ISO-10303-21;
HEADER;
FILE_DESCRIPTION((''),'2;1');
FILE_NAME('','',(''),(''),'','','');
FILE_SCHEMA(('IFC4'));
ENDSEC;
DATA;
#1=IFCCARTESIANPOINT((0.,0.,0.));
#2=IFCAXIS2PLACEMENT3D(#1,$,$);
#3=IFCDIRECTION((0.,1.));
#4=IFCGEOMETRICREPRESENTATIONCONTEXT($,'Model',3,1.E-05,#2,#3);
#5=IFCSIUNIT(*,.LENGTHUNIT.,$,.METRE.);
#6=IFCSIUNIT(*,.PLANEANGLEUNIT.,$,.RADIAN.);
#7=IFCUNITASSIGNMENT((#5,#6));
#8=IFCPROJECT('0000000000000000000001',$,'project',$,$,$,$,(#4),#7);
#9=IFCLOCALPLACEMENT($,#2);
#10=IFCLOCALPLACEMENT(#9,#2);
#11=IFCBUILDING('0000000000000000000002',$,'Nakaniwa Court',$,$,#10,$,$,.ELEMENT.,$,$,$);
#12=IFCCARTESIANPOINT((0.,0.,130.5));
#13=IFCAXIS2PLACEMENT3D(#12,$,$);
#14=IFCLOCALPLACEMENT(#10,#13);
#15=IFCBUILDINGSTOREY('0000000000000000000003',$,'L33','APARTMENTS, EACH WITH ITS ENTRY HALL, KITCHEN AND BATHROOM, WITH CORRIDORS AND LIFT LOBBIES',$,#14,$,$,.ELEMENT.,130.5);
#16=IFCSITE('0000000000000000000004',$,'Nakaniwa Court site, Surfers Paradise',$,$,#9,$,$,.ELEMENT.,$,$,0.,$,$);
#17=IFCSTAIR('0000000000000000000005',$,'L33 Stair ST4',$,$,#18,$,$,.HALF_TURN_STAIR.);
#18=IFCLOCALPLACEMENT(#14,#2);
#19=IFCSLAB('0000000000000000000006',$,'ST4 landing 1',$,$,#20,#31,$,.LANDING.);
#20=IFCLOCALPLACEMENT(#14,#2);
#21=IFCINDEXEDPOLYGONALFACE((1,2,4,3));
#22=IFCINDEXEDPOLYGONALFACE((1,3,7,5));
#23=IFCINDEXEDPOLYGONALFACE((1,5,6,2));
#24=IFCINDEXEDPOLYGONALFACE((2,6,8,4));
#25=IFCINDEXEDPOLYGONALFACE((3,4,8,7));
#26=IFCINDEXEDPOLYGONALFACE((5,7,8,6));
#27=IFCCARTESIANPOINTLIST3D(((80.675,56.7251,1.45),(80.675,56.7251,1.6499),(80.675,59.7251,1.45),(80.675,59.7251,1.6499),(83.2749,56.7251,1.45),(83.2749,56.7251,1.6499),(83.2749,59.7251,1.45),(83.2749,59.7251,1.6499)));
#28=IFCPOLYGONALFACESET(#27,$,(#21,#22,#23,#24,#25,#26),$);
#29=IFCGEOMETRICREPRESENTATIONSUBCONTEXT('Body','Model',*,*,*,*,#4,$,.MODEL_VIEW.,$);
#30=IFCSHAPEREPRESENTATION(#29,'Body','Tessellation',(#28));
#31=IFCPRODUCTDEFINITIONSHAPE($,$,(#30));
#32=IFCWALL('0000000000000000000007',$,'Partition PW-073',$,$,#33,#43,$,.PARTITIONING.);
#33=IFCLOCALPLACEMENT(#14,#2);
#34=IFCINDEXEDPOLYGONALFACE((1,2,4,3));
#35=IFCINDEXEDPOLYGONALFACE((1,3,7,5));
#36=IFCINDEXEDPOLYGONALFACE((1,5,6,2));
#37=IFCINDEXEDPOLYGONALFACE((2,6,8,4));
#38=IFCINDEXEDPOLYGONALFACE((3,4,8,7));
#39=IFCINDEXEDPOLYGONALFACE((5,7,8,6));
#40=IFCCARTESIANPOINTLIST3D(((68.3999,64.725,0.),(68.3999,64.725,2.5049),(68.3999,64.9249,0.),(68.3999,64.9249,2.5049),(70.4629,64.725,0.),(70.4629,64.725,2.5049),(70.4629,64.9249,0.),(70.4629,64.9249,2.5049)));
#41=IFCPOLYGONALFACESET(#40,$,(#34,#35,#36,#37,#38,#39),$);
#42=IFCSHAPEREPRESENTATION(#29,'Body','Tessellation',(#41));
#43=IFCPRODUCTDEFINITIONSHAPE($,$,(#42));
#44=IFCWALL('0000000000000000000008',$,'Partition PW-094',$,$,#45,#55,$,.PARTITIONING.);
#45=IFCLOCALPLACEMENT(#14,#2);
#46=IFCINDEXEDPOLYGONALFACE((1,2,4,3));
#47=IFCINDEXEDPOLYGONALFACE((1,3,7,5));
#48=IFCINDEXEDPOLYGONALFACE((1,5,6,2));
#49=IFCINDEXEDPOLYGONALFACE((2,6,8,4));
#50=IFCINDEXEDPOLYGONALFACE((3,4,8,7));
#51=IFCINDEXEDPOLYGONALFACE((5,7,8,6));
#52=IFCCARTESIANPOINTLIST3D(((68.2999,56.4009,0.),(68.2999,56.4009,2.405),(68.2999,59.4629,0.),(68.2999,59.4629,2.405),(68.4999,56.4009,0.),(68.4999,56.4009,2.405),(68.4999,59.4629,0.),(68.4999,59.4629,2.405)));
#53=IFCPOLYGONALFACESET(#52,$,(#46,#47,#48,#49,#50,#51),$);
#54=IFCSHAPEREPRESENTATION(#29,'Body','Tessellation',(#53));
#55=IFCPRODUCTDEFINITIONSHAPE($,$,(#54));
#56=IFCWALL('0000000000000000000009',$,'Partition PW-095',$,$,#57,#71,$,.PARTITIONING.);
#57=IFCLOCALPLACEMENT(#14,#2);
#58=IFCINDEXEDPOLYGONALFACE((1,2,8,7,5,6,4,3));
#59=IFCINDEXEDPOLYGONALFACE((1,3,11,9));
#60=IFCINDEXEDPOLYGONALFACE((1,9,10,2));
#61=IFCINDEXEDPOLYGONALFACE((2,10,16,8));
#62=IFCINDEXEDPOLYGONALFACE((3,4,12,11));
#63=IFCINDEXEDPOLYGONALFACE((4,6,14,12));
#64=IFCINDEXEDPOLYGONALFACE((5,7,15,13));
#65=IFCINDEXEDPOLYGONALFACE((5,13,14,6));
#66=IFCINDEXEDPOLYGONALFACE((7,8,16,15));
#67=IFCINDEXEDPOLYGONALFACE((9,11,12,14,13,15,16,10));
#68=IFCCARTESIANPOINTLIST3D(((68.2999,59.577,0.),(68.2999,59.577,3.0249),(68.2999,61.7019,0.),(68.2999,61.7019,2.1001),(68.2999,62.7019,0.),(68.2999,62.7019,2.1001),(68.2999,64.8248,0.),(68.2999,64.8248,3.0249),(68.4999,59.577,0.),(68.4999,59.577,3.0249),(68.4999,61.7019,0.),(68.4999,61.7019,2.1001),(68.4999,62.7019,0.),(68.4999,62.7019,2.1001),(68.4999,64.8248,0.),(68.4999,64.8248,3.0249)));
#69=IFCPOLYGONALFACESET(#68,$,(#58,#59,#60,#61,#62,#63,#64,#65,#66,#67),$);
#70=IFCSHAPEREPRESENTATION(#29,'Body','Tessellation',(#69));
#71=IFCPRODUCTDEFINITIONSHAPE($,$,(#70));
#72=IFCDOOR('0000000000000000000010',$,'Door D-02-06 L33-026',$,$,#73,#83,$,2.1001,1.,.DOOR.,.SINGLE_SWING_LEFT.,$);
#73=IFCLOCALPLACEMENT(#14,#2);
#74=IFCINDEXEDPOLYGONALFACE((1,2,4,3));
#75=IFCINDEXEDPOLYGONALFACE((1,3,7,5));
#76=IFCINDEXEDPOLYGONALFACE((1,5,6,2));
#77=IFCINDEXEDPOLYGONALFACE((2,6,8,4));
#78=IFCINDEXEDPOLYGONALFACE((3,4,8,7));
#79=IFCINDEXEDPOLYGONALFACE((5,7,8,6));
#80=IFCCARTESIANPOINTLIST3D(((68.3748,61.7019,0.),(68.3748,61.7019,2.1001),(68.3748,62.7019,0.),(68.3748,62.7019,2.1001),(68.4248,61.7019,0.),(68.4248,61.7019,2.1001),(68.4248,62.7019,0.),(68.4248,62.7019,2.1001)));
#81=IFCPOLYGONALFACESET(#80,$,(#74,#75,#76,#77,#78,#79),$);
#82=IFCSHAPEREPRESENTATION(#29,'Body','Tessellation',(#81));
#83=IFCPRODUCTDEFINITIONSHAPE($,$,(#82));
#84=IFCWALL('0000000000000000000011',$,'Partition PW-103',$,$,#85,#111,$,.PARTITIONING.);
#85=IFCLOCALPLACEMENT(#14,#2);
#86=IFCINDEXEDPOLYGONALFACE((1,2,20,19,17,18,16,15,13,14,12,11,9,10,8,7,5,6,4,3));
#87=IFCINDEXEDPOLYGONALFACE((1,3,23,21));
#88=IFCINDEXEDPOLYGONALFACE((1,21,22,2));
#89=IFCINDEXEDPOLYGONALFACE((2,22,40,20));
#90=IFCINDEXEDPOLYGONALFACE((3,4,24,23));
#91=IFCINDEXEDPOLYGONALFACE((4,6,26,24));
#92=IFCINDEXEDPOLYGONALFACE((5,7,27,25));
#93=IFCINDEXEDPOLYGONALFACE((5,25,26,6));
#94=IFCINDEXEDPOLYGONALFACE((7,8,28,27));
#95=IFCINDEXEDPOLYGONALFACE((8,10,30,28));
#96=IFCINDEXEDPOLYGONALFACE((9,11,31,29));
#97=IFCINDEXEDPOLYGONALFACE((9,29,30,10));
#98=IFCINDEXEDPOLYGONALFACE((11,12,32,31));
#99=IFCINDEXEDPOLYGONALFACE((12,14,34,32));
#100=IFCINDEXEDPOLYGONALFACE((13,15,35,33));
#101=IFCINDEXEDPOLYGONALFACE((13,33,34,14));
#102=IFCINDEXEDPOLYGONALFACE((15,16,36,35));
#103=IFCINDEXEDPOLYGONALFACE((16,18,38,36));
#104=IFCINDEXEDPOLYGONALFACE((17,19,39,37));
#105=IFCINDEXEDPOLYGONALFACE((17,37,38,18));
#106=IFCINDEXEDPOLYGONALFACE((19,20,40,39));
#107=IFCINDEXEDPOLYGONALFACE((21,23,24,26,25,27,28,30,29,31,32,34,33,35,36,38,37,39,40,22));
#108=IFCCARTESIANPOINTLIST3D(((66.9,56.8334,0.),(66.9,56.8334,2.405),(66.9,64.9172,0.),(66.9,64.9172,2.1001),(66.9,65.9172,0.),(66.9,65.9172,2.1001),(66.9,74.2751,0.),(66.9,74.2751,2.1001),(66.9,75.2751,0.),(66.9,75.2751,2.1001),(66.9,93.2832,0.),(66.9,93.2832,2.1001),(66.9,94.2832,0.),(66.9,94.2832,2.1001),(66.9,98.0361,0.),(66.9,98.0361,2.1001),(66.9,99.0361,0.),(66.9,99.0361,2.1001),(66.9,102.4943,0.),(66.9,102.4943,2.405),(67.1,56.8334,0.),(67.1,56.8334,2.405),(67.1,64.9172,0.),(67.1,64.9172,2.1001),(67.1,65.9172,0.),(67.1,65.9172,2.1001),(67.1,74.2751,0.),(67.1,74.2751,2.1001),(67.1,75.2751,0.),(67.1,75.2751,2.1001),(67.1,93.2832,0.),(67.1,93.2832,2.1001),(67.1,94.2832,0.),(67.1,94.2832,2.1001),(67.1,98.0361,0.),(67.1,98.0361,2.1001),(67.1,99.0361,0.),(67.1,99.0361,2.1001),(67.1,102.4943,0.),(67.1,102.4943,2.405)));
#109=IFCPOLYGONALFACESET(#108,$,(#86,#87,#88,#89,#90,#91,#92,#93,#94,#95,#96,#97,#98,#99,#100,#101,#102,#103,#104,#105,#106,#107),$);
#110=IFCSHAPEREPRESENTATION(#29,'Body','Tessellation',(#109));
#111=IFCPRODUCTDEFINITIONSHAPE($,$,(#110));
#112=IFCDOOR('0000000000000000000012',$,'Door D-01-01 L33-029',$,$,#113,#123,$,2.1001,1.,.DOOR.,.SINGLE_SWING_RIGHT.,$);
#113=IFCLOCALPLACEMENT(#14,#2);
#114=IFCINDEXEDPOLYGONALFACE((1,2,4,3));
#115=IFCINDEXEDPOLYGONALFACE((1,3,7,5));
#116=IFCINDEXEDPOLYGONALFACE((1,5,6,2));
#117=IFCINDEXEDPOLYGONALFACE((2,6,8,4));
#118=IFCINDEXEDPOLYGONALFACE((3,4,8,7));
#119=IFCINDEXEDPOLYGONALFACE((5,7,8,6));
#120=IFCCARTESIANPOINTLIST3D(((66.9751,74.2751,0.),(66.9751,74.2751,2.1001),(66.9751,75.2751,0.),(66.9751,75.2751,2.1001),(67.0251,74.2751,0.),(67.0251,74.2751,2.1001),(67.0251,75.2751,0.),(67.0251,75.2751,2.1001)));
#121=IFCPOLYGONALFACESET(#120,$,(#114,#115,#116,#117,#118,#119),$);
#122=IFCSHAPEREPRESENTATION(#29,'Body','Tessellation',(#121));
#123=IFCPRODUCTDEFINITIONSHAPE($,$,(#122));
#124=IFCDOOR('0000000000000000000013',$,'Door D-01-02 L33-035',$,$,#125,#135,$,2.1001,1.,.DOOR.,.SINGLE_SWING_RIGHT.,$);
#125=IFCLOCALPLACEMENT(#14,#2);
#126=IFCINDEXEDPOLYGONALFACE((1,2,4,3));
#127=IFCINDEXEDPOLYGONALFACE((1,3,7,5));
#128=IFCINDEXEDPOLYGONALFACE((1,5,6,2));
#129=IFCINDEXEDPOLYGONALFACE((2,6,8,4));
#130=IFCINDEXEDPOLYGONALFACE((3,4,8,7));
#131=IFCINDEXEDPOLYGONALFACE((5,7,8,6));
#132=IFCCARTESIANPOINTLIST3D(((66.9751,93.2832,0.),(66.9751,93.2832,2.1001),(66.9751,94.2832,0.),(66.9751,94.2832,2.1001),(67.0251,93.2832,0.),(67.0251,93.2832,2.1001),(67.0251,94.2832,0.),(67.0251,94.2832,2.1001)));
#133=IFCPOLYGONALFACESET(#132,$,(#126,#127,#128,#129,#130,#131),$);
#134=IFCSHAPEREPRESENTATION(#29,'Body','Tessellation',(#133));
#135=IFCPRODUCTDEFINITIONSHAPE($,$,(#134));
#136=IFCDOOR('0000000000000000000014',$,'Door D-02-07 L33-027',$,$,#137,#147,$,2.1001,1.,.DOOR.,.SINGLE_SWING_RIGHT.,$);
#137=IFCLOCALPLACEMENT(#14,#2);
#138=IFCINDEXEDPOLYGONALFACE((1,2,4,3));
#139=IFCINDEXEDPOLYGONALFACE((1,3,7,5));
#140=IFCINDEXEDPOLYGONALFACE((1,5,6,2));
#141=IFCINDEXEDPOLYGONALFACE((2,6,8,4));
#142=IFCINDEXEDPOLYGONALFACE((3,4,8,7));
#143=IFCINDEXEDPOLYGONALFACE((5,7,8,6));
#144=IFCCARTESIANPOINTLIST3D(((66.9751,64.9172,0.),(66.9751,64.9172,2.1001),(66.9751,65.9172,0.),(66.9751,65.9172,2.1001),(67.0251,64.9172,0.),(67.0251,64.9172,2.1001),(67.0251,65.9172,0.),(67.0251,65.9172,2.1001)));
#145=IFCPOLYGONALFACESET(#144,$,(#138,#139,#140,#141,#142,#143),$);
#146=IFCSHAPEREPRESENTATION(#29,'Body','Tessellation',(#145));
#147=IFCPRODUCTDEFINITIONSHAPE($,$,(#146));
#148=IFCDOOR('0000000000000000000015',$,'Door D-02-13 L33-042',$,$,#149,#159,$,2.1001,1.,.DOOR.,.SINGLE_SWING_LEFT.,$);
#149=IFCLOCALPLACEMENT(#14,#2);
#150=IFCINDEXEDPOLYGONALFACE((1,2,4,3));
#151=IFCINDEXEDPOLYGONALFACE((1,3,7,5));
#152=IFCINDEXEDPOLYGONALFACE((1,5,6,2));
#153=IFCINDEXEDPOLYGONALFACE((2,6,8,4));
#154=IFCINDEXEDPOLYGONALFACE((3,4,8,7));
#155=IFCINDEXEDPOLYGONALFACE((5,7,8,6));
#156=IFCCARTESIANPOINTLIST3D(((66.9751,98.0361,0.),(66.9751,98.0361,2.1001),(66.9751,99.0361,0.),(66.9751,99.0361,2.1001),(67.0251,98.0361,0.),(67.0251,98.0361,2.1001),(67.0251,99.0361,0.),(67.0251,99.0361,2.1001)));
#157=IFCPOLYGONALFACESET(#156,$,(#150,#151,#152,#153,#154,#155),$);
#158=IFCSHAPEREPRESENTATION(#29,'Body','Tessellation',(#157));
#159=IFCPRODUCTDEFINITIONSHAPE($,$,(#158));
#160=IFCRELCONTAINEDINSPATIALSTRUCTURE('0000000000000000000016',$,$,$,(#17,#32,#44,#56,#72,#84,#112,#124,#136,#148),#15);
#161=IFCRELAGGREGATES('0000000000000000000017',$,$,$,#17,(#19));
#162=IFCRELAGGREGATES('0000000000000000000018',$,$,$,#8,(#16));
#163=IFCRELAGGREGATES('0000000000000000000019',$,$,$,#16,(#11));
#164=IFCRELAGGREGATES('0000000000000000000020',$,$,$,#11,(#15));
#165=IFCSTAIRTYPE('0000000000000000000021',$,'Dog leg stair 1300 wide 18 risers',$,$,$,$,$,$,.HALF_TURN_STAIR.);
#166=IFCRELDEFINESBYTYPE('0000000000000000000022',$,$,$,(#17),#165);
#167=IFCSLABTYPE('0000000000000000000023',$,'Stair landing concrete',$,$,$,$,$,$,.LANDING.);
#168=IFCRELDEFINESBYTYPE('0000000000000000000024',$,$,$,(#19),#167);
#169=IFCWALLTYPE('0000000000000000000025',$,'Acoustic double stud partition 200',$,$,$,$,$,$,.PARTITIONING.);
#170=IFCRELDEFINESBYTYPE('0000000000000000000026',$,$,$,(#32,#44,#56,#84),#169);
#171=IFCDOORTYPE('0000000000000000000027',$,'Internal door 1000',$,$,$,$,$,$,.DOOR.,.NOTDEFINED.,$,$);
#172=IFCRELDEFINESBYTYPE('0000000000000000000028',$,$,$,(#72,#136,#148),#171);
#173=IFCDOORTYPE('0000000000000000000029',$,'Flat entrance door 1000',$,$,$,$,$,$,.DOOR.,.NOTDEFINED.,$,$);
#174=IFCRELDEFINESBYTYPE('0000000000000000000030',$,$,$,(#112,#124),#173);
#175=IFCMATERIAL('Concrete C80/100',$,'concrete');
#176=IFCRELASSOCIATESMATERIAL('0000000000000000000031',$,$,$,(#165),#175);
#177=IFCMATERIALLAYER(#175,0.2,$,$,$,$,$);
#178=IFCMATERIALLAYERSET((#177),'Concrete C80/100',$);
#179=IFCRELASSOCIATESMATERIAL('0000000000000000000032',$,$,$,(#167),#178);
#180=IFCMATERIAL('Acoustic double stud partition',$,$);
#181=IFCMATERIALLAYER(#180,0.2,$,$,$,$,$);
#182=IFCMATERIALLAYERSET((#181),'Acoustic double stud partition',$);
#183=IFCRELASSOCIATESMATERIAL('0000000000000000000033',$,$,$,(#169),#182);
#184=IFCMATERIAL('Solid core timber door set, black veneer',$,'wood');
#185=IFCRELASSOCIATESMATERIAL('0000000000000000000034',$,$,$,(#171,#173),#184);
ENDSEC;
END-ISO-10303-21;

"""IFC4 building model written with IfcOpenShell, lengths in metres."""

from ifc_helpers import new_model, si_unit, direction, frame, frame_2d, origin, place, context, subcontext, project, spatial, polyline, rectangle, outline, extrude, material, layer, layer_set, type_object, element, fill, aggregate, save


model = new_model("IFC4")

# Units and contexts
model_context = context("Model", 3, precision=1e-05, world=origin(), true_north=direction((0.0, 1.0)))
body_context = subcontext(model_context, "Body", "Model", "MODEL_VIEW")
ifc_project = project(units=[si_unit("LENGTHUNIT", "METRE"), si_unit("PLANEANGLEUNIT", "RADIAN")], contexts=[model_context])

# Site, building, storey
site_placement = place(None, origin())
site = spatial("IfcSite", under=ifc_project, at=site_placement, Name="Nakaniwa Court site, Surfers Paradise", CompositionType="ELEMENT", RefElevation=0.0)
building_placement = place(site_placement, origin())
building = spatial("IfcBuilding", under=site, at=building_placement, Name="Nakaniwa Court", CompositionType="ELEMENT")
storey_placement = place(building_placement, frame((0.0, 0.0, 130.5)))
storey = spatial("IfcBuildingStorey", under=building, at=storey_placement, Name="L33", Description="APARTMENTS, EACH WITH ITS ENTRY HALL, KITCHEN AND BATHROOM, WITH CORRIDORS AND LIFT LOBBIES", CompositionType="ELEMENT", Elevation=130.5)

# Shared definitions
ifc_material_1 = material(Name="Concrete C80/100", Category="concrete")

# Stair, slab
stair_type = type_object("IfcStairType", Name="Dog leg stair 1300 wide 18 risers", PredefinedType="HALF_TURN_STAIR", material=ifc_material_1)
ifc_layer_1 = layer(ifc_material_1, 0.2)
ifc_layer_set_1 = layer_set([ifc_layer_1], Name="Concrete C80/100")
slab_type_1 = type_object("IfcSlabType", Name="Stair landing concrete", PredefinedType="LANDING", material=ifc_layer_set_1)
stair_1_placement = place(storey_placement, origin())
stair_1 = element("IfcStair", 1, at=stair_1_placement, inside=storey, type_object=stair_type, Name="L33 Stair ST4", PredefinedType="HALF_TURN_STAIR")
slab_1_placement = place(storey_placement, frame((0.0, 0.0, 1.45)))
slab_1 = element("IfcSlab", 2, at=slab_1_placement, type_object=slab_type_1, Name="ST4 landing 1", PredefinedType="LANDING", context=body_context, shape_type="SweptSolid", body=[
    extrude(outline(polyline([(83.2749, 56.7251), (83.2749, 59.7251), (80.675, 59.7251), (80.675, 56.7251), (83.2749, 56.7251)])), origin(), (0.0, 0.0, 1.0), 0.2),
])
aggregate(stair_1, [slab_1])

# Walls
ifc_material_2 = material(Name="Acoustic double stud partition")
ifc_layer_2 = layer(ifc_material_2, 0.2)
ifc_layer_set_2 = layer_set([ifc_layer_2], Name="Acoustic double stud partition")
wall_type_1 = type_object("IfcWallType", Name="Acoustic double stud partition 200", PredefinedType="PARTITIONING", material=ifc_layer_set_2)
wall_1_placement = place(storey_placement, frame((68.3999, 64.825, 0.0), z_axis=(0.0, 0.0, 1.0), x_axis=(1.0, 0.0, 0.0)))
element("IfcWall", 3, at=wall_1_placement, inside=storey, type_object=wall_type_1, Name="Partition PW-073", PredefinedType="PARTITIONING", context=body_context, shape_type="SweptSolid", body=[
    extrude(rectangle(XDim=2.063, YDim=0.2, at=frame_2d((1.0315, 0.0))), origin(), (0.0, 0.0, 1.0), 2.5049),
])
wall_2_placement = place(storey_placement, frame((68.3999, 56.4009, 0.0), z_axis=(0.0, 0.0, 1.0), x_axis=(0.0, 1.0, 0.0)))
element("IfcWall", 4, at=wall_2_placement, inside=storey, type_object=wall_type_1, Name="Partition PW-094", PredefinedType="PARTITIONING", context=body_context, shape_type="SweptSolid", body=[
    extrude(rectangle(XDim=3.062, YDim=0.2, at=frame_2d((1.531, 0.0))), origin(), (0.0, 0.0, 1.0), 2.405),
])

# Wall, opening, door
wall_3_placement = place(storey_placement, frame((68.3999, 64.825, 0.0), z_axis=(0.0, 0.0, 1.0), x_axis=(0.0, -1.0, 0.0)))
wall_3 = element("IfcWall", 5, at=wall_3_placement, inside=storey, type_object=wall_type_1, Name="Partition PW-095", PredefinedType="PARTITIONING", context=body_context, shape_type="SweptSolid", body=[
    extrude(rectangle(XDim=5.2478, YDim=0.2, at=frame_2d((2.624, 0.0))), origin(), (0.0, 0.0, 1.0), 3.0249),
])
opening_1_placement = place(wall_3_placement, frame((2.123, 0.0, 0.0)))
opening_1 = element("IfcOpeningElement", 6, at=opening_1_placement, cuts=wall_3, PredefinedType="OPENING", context=body_context, shape_type="SweptSolid", body=[
    extrude(rectangle(XDim=1.0, YDim=2.1001, at=frame_2d((0.5, 1.05))), frame((0.0, 0.1099, 0.0), z_axis=(0.0, -1.0, 0.0), x_axis=(1.0, 0.0, 0.0)), (0.0, 0.0, 1.0), 0.22),
])
ifc_material_3 = material(Name="Solid core timber door set, black veneer", Category="wood")
door_type_1 = type_object("IfcDoorType", Name="Internal door 1000", OperationType="NOTDEFINED", PredefinedType="DOOR", material=ifc_material_3)
door_1_placement = place(opening_1_placement, origin())
door_1 = element("IfcDoor", 7, at=door_1_placement, inside=storey, type_object=door_type_1, Name="Door D-02-06 L33-026", OperationType="SINGLE_SWING_LEFT", OverallHeight=2.1001, OverallWidth=1.0, PredefinedType="DOOR", context=body_context, shape_type="SweptSolid", body=[
    extrude(rectangle(XDim=1.0, YDim=2.1001, at=frame_2d((0.5, 1.05))), frame((0.0, 0.0249, 0.0), z_axis=(0.0, -1.0, 0.0), x_axis=(1.0, 0.0, 0.0)), (0.0, 0.0, 1.0), 0.05),
])
fill(opening_1, door_1)

# Wall, openings, doors
wall_4_placement = place(storey_placement, frame((67.0, 56.8333, 0.0), z_axis=(0.0, 0.0, 1.0), x_axis=(0.0, 1.0, 0.0)))
wall_4 = element("IfcWall", 8, at=wall_4_placement, inside=storey, type_object=wall_type_1, Name="Partition PW-103", PredefinedType="PARTITIONING", context=body_context, shape_type="SweptSolid", body=[
    extrude(rectangle(XDim=45.6609, YDim=0.2, at=frame_2d((22.8306, 0.0))), origin(), (0.0, 0.0, 1.0), 2.405),
])
opening_2_placement = place(wall_4_placement, frame((8.084, 0.0, 0.0)))
opening_2 = element("IfcOpeningElement", 9, at=opening_2_placement, cuts=wall_4, PredefinedType="OPENING", context=body_context, shape_type="SweptSolid", body=[
    extrude(rectangle(XDim=1.0, YDim=2.1001, at=frame_2d((0.5, 1.05))), frame((0.0, 0.1099, 0.0), z_axis=(0.0, -1.0, 0.0), x_axis=(1.0, 0.0, 0.0)), (0.0, 0.0, 1.0), 0.22),
])
opening_3_placement = place(wall_4_placement, frame((17.4419, 0.0, 0.0)))
opening_3 = element("IfcOpeningElement", 10, at=opening_3_placement, cuts=wall_4, PredefinedType="OPENING", context=body_context, shape_type="SweptSolid", body=[
    extrude(rectangle(XDim=1.0, YDim=2.1001, at=frame_2d((0.5, 1.05))), frame((0.0, 0.1099, 0.0), z_axis=(0.0, -1.0, 0.0), x_axis=(1.0, 0.0, 0.0)), (0.0, 0.0, 1.0), 0.22),
])
opening_4_placement = place(wall_4_placement, frame((36.45, 0.0, 0.0)))
opening_4 = element("IfcOpeningElement", 11, at=opening_4_placement, cuts=wall_4, PredefinedType="OPENING", context=body_context, shape_type="SweptSolid", body=[
    extrude(rectangle(XDim=1.0, YDim=2.1001, at=frame_2d((0.5, 1.05))), frame((0.0, 0.1099, 0.0), z_axis=(0.0, -1.0, 0.0), x_axis=(1.0, 0.0, 0.0)), (0.0, 0.0, 1.0), 0.22),
])
opening_5_placement = place(wall_4_placement, frame((41.2029, 0.0, 0.0)))
opening_5 = element("IfcOpeningElement", 12, at=opening_5_placement, cuts=wall_4, PredefinedType="OPENING", context=body_context, shape_type="SweptSolid", body=[
    extrude(rectangle(XDim=1.0, YDim=2.1001, at=frame_2d((0.5, 1.05))), frame((0.0, 0.1099, 0.0), z_axis=(0.0, -1.0, 0.0), x_axis=(1.0, 0.0, 0.0)), (0.0, 0.0, 1.0), 0.22),
])
door_type_2 = type_object("IfcDoorType", Name="Flat entrance door 1000", OperationType="NOTDEFINED", PredefinedType="DOOR", material=ifc_material_3)
door_2_placement = place(opening_3_placement, origin())
door_2 = element("IfcDoor", 13, at=door_2_placement, inside=storey, type_object=door_type_2, Name="Door D-01-01 L33-029", OperationType="SINGLE_SWING_RIGHT", OverallHeight=2.1001, OverallWidth=1.0, PredefinedType="DOOR", context=body_context, shape_type="SweptSolid", body=[
    extrude(rectangle(XDim=1.0, YDim=2.1001, at=frame_2d((0.5, 1.05))), frame((0.0, 0.0249, 0.0), z_axis=(0.0, -1.0, 0.0), x_axis=(1.0, 0.0, 0.0)), (0.0, 0.0, 1.0), 0.05),
])
fill(opening_3, door_2)
door_3_placement = place(opening_4_placement, origin())
door_3 = element("IfcDoor", 14, at=door_3_placement, inside=storey, type_object=door_type_2, Name="Door D-01-02 L33-035", OperationType="SINGLE_SWING_RIGHT", OverallHeight=2.1001, OverallWidth=1.0, PredefinedType="DOOR", context=body_context, shape_type="SweptSolid", body=[
    extrude(rectangle(XDim=1.0, YDim=2.1001, at=frame_2d((0.5, 1.05))), frame((0.0, 0.0249, 0.0), z_axis=(0.0, -1.0, 0.0), x_axis=(1.0, 0.0, 0.0)), (0.0, 0.0, 1.0), 0.05),
])
fill(opening_4, door_3)
door_4_placement = place(opening_2_placement, origin())
door_4 = element("IfcDoor", 15, at=door_4_placement, inside=storey, type_object=door_type_1, Name="Door D-02-07 L33-027", OperationType="SINGLE_SWING_RIGHT", OverallHeight=2.1001, OverallWidth=1.0, PredefinedType="DOOR", context=body_context, shape_type="SweptSolid", body=[
    extrude(rectangle(XDim=1.0, YDim=2.1001, at=frame_2d((0.5, 1.05))), frame((0.0, 0.0249, 0.0), z_axis=(0.0, -1.0, 0.0), x_axis=(1.0, 0.0, 0.0)), (0.0, 0.0, 1.0), 0.05),
])
fill(opening_2, door_4)
door_5_placement = place(opening_5_placement, origin())
door_5 = element("IfcDoor", 16, at=door_5_placement, inside=storey, type_object=door_type_1, Name="Door D-02-13 L33-042", OperationType="SINGLE_SWING_LEFT", OverallHeight=2.1001, OverallWidth=1.0, PredefinedType="DOOR", context=body_context, shape_type="SweptSolid", body=[
    extrude(rectangle(XDim=1.0, YDim=2.1001, at=frame_2d((0.5, 1.05))), frame((0.0, 0.0249, 0.0), z_axis=(0.0, -1.0, 0.0), x_axis=(1.0, 0.0, 0.0)), (0.0, 0.0, 1.0), 0.05),
])
fill(opening_5, door_5)

save(model, "model.ifc")
